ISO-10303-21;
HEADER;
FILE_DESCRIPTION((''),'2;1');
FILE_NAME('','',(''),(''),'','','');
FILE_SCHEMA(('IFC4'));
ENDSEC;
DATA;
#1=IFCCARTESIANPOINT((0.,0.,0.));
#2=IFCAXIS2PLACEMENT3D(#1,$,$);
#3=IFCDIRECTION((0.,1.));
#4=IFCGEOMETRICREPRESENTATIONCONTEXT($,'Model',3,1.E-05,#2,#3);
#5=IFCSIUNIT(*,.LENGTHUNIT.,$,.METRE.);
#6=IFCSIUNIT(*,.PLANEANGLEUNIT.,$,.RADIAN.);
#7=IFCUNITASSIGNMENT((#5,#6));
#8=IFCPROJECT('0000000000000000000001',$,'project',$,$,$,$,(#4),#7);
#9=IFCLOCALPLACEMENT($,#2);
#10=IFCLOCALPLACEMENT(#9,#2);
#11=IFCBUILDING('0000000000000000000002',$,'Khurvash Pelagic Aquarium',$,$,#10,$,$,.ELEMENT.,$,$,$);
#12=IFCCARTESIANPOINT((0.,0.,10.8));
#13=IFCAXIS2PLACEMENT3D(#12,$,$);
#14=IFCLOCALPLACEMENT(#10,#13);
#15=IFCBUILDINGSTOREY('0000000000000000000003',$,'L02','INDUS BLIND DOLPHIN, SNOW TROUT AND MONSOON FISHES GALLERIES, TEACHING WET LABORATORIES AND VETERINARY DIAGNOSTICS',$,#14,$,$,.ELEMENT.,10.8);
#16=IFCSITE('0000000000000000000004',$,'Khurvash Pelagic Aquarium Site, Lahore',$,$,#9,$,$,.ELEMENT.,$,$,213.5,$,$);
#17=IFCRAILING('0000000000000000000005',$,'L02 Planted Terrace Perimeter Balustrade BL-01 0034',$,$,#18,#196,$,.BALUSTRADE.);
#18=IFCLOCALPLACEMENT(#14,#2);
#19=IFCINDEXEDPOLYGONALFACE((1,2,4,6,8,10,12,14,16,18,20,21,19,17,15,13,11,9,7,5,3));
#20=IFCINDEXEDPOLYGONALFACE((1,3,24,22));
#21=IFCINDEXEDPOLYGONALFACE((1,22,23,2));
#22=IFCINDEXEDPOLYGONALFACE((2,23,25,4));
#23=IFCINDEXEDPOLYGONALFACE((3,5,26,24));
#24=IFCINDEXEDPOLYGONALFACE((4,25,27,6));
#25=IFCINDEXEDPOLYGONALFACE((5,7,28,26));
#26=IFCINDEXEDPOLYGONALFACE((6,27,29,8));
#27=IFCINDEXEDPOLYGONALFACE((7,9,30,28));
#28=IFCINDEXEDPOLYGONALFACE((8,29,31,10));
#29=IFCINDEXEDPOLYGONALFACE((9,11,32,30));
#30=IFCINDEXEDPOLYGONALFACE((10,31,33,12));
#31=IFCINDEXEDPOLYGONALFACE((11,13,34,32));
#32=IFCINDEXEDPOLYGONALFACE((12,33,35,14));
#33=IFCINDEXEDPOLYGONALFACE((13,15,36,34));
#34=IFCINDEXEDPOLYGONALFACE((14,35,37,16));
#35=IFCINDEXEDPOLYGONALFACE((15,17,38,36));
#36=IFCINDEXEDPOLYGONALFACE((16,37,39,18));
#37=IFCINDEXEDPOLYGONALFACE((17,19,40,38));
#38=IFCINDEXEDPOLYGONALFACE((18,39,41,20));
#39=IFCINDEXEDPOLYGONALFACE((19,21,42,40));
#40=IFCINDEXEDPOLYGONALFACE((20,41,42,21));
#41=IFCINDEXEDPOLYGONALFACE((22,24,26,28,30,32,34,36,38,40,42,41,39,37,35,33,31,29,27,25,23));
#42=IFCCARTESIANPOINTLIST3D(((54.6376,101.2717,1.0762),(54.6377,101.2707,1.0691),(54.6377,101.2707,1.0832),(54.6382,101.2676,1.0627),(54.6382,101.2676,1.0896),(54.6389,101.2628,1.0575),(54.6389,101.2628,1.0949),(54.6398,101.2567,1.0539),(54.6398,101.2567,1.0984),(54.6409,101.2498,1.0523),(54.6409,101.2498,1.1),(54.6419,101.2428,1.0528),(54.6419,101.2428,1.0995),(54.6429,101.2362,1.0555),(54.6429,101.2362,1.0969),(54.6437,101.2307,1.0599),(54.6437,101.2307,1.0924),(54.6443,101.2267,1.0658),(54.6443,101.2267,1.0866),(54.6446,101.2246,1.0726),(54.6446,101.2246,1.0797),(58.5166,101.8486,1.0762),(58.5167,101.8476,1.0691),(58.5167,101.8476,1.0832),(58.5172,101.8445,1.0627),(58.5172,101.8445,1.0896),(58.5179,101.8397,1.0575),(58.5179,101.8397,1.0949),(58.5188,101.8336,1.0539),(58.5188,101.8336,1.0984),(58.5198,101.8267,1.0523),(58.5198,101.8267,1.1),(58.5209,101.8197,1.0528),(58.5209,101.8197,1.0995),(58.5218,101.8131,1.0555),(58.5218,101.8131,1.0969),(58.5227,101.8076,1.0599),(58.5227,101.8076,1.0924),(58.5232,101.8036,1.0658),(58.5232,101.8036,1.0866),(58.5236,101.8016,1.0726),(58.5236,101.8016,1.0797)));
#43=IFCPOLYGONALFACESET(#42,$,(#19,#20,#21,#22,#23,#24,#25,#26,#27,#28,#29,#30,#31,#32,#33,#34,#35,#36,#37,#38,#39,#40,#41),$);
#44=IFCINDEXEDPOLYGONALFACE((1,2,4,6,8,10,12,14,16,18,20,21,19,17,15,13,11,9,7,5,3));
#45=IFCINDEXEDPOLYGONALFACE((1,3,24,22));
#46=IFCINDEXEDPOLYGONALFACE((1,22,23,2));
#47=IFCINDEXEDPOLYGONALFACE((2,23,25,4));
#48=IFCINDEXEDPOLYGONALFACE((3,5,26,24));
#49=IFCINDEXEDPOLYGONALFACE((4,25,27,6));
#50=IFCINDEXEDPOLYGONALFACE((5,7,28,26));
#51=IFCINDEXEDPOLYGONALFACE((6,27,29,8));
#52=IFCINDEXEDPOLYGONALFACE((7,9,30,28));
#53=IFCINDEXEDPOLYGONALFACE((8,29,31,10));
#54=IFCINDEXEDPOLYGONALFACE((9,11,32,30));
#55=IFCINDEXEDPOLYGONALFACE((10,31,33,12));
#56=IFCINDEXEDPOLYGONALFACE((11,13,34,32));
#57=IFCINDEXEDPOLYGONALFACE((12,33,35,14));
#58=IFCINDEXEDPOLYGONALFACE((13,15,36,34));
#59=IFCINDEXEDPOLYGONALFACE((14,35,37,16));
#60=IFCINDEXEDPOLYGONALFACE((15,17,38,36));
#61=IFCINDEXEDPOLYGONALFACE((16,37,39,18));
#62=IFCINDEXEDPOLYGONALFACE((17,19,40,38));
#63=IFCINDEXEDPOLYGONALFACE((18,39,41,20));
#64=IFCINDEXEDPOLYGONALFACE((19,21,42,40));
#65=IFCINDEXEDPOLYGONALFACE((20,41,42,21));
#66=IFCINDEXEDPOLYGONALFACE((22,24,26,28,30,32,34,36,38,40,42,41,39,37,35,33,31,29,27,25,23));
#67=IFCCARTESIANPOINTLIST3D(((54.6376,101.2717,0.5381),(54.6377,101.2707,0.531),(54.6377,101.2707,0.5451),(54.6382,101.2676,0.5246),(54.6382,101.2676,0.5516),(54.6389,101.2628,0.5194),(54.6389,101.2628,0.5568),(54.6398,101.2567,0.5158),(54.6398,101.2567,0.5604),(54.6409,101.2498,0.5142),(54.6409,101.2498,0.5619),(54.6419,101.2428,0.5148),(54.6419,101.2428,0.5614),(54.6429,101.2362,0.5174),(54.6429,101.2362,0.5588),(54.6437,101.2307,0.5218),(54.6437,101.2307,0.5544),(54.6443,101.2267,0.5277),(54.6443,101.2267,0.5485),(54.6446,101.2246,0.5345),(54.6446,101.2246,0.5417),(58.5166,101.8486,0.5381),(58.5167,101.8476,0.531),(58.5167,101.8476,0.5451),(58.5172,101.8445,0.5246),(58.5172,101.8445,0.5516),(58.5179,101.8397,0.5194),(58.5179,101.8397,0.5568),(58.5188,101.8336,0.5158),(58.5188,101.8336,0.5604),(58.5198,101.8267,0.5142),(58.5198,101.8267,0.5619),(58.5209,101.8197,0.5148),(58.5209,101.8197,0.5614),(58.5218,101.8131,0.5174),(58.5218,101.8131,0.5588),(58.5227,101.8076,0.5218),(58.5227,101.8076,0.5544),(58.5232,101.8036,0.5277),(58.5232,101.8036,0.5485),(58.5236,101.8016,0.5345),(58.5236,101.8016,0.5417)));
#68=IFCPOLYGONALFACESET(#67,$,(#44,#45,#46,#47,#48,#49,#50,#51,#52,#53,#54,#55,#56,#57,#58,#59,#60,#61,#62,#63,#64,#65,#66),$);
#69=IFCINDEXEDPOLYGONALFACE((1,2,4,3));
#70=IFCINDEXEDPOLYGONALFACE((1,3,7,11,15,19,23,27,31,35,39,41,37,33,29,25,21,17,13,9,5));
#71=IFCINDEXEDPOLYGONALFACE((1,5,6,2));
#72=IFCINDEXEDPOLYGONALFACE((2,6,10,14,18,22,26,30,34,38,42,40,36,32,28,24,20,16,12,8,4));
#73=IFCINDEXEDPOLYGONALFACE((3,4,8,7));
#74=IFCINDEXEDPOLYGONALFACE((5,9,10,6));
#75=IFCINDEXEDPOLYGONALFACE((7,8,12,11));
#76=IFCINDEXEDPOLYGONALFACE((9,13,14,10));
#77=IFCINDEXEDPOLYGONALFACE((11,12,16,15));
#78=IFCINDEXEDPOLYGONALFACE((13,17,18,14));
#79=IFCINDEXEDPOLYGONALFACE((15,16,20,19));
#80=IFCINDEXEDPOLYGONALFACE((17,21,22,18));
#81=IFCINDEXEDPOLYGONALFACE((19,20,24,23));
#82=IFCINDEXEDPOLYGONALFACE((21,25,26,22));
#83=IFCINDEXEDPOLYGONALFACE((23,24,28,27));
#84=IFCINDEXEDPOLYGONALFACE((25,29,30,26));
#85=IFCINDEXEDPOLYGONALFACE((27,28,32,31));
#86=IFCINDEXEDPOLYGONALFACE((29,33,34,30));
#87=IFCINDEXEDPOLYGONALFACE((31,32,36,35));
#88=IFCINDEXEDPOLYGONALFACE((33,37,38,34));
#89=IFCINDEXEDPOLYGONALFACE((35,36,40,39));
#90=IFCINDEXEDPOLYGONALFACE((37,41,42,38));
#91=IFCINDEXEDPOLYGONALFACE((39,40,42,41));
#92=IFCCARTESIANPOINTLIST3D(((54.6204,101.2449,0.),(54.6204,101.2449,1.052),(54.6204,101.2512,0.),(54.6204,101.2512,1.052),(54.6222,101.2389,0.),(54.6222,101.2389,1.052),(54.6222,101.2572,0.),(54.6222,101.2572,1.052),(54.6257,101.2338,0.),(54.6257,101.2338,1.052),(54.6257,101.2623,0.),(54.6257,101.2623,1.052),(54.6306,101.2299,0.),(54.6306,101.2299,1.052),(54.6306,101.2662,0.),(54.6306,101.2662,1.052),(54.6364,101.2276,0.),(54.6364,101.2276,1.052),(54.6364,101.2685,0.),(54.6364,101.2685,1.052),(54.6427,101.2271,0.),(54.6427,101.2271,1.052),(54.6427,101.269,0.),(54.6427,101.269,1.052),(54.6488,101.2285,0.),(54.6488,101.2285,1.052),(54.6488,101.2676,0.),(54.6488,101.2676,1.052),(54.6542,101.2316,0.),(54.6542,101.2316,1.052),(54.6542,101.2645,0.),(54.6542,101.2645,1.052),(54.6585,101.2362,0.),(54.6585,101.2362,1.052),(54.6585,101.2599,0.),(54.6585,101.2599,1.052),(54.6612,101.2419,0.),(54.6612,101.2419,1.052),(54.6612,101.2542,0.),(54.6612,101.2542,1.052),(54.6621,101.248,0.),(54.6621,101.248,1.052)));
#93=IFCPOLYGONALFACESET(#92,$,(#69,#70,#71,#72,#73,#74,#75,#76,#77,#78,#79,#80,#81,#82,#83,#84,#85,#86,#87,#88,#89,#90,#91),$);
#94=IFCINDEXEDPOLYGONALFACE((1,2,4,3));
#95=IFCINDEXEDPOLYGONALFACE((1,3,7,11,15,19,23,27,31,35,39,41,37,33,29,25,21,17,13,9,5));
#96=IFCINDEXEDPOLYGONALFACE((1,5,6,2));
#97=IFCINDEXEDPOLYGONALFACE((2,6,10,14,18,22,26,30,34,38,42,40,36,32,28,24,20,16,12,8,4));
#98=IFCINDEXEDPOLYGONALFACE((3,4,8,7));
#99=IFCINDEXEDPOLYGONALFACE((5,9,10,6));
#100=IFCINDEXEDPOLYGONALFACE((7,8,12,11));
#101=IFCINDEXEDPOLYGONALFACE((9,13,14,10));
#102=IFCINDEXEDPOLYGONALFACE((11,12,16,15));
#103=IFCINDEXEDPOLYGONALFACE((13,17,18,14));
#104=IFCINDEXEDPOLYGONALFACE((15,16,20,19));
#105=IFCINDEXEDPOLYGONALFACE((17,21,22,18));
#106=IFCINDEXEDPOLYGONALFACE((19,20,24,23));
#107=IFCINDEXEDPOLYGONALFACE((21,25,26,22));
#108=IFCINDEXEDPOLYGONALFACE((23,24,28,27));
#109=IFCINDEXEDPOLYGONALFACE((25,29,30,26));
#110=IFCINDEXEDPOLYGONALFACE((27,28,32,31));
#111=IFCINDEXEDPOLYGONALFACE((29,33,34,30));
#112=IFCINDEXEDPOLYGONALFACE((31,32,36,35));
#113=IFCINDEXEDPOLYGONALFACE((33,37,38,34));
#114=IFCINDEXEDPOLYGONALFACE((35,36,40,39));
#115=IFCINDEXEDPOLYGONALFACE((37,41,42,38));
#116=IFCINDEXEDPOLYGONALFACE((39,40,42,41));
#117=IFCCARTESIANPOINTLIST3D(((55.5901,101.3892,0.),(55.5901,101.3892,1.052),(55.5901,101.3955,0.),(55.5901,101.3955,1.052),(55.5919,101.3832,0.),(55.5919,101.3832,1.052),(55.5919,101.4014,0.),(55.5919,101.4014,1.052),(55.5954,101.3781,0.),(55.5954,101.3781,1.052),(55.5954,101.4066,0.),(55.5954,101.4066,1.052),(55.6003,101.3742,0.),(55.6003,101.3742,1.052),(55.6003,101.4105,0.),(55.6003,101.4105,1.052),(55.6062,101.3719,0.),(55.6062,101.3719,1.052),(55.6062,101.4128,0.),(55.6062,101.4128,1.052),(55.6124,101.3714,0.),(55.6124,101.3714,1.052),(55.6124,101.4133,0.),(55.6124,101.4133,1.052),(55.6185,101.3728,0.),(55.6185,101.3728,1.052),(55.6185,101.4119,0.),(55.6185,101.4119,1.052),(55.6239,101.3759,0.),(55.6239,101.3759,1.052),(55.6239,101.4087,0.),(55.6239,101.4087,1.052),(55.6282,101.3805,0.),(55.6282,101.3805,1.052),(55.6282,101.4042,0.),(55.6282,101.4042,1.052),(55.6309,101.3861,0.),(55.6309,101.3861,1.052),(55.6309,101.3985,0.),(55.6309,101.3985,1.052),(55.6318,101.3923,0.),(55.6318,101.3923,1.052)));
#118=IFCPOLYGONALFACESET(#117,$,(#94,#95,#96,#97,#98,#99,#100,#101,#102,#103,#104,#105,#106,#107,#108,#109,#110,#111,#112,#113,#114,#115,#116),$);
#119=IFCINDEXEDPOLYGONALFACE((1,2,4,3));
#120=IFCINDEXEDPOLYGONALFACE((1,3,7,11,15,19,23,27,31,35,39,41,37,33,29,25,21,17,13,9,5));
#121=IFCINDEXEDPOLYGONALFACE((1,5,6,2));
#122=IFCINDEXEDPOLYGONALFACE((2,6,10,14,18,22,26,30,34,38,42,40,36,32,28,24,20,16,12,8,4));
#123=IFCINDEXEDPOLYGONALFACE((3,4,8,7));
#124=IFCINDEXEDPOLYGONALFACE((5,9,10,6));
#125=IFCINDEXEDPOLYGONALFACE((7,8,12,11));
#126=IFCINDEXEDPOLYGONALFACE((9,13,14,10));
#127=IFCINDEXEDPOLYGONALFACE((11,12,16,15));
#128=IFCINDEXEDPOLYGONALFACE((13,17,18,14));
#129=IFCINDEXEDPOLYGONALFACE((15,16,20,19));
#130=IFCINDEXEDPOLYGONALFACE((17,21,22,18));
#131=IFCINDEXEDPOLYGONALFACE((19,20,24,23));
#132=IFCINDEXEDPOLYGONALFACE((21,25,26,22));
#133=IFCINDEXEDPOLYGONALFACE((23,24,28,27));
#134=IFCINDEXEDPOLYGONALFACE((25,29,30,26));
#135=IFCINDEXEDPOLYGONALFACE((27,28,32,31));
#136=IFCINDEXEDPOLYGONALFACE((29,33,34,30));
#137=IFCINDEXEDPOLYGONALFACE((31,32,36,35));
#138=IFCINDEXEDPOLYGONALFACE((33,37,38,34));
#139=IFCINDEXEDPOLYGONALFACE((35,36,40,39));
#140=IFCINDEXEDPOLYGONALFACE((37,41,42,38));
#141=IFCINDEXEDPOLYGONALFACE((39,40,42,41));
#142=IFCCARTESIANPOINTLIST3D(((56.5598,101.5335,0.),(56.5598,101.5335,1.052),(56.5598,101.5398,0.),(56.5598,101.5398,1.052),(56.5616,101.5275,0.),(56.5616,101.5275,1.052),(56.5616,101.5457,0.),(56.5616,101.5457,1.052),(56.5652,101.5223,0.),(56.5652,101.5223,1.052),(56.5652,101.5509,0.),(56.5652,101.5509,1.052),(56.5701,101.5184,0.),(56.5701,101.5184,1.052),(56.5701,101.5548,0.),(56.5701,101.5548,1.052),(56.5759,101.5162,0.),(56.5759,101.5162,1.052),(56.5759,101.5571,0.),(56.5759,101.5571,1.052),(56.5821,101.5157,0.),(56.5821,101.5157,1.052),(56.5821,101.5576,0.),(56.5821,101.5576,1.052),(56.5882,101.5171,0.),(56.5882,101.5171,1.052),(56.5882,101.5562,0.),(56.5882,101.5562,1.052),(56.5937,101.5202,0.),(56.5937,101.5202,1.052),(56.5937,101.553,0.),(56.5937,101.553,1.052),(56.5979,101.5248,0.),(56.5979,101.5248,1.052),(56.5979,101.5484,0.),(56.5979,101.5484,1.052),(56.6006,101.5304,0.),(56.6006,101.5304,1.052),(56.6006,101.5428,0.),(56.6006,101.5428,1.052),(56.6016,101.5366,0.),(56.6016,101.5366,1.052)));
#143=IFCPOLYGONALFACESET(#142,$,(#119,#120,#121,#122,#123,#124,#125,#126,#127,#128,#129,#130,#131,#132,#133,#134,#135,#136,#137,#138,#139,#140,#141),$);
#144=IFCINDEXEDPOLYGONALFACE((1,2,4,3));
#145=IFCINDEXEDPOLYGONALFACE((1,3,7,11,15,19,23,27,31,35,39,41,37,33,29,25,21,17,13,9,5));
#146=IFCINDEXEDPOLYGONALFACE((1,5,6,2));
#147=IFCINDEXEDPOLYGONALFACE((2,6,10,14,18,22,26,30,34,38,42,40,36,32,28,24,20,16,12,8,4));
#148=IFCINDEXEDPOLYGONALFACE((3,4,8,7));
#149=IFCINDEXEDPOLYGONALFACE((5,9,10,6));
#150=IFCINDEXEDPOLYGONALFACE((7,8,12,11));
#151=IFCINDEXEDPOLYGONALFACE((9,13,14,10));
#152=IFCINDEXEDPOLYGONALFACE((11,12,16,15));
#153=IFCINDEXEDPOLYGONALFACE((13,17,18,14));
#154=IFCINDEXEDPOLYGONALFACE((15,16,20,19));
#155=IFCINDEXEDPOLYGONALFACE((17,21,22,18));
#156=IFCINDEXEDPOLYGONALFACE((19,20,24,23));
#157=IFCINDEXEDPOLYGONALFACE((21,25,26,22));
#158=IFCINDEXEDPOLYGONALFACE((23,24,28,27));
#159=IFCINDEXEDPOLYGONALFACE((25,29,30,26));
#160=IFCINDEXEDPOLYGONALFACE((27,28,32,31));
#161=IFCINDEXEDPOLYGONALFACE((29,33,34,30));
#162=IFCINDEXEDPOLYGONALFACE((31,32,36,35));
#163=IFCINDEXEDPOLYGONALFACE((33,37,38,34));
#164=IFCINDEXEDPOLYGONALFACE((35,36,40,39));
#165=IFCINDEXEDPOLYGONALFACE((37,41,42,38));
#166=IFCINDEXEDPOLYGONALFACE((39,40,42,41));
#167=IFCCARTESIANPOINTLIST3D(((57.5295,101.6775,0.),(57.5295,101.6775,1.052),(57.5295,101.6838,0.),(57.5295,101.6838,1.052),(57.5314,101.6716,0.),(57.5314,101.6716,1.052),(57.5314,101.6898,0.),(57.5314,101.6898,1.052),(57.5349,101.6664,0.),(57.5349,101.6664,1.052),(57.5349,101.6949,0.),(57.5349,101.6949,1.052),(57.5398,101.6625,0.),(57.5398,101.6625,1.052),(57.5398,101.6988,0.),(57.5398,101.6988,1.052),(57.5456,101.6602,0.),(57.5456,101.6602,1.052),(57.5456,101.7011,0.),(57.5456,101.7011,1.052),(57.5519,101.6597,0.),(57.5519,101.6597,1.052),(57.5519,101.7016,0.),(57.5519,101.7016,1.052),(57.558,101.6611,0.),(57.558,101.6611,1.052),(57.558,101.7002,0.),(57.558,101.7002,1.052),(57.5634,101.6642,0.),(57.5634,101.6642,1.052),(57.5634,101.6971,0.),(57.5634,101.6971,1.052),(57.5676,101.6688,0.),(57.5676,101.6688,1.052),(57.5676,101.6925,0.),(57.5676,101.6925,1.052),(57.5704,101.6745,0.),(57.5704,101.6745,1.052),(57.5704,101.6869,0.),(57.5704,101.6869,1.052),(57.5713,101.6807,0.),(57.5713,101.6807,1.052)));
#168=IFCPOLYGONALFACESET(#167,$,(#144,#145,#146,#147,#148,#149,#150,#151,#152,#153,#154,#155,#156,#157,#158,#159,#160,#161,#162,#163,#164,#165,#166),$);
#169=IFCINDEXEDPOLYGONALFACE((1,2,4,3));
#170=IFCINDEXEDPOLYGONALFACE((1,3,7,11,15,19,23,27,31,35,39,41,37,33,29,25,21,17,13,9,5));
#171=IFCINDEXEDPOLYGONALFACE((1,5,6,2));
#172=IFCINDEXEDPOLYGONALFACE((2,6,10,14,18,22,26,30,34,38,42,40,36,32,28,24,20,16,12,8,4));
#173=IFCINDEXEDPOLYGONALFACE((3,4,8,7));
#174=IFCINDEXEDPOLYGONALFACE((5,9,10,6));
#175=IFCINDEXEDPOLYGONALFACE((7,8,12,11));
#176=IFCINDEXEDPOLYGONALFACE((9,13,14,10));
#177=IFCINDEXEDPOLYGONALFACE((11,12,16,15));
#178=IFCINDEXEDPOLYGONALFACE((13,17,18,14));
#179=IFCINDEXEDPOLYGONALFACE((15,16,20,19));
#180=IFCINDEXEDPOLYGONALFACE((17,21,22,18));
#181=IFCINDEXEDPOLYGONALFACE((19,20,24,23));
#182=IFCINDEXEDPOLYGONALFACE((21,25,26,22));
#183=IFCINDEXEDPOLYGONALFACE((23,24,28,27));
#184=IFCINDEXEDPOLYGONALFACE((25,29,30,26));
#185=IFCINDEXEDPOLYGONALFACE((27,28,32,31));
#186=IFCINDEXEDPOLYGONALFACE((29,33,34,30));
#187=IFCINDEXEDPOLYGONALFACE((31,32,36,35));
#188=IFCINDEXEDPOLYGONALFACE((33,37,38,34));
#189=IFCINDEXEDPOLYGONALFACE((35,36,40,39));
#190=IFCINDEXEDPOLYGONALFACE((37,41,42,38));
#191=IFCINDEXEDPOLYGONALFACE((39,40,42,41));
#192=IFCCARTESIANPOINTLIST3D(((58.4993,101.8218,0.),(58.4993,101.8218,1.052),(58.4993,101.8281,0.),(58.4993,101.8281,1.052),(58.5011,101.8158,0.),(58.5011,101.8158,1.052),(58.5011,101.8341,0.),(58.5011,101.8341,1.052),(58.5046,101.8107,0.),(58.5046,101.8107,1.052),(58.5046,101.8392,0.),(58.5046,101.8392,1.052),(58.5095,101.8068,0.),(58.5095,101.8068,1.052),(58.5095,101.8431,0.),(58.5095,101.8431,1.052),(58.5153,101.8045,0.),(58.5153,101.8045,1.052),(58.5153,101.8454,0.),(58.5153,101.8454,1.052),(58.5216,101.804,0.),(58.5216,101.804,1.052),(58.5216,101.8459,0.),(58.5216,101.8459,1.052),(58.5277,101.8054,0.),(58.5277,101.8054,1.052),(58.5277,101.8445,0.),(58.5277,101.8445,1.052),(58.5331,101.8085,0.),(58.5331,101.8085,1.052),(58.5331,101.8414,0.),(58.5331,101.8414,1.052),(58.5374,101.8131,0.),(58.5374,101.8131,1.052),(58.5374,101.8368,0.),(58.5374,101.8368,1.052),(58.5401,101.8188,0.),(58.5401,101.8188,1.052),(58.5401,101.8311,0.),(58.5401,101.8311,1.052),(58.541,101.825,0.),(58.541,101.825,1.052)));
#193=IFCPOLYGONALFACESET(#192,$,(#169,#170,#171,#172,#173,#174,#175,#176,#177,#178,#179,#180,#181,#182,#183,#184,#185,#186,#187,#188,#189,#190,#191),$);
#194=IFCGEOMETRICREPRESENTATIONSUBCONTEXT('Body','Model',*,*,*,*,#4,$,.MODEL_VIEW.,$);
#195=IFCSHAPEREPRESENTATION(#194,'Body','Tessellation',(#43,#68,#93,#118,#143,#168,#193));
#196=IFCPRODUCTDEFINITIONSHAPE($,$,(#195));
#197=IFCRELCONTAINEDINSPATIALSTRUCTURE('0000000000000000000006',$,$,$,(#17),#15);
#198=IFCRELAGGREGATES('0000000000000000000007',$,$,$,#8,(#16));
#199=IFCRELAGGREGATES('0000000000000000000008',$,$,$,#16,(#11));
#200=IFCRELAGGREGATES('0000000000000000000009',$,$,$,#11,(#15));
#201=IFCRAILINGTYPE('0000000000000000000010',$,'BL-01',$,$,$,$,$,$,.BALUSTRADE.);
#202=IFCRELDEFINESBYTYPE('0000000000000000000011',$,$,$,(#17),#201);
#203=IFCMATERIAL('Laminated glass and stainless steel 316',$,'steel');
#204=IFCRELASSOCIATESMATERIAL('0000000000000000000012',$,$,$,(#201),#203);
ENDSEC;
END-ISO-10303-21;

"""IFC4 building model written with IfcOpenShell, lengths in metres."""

from ifc_helpers import new_model, si_unit, direction, frame, origin, origin_2d, place, context, subcontext, project, spatial, circle, extrude, material, type_object, element, save


model = new_model("IFC4")

# Units and contexts
model_context = context("Model", 3, precision=1e-05, world=origin(), true_north=direction((0.0, 1.0)))
body_context = subcontext(model_context, "Body", "Model", "MODEL_VIEW")
ifc_project = project(units=[si_unit("LENGTHUNIT", "METRE"), si_unit("PLANEANGLEUNIT", "RADIAN")], contexts=[model_context])

# Site, building, storey
site_placement = place(None, origin())
site = spatial("IfcSite", under=ifc_project, at=site_placement, Name="Khurvash Pelagic Aquarium Site, Lahore", CompositionType="ELEMENT", RefElevation=213.5)
building_placement = place(site_placement, origin())
building = spatial("IfcBuilding", under=site, at=building_placement, Name="Khurvash Pelagic Aquarium", CompositionType="ELEMENT")
storey_placement = place(building_placement, frame((0.0, 0.0, 10.8)))
storey = spatial("IfcBuildingStorey", under=building, at=storey_placement, Name="L02", Description="INDUS BLIND DOLPHIN, SNOW TROUT AND MONSOON FISHES GALLERIES, TEACHING WET LABORATORIES AND VETERINARY DIAGNOSTICS", CompositionType="ELEMENT", Elevation=10.8)

# Railing
ifc_material_1 = material(Name="Laminated glass and stainless steel 316", Category="steel")
railing_type = type_object("IfcRailingType", Name="BL-01", PredefinedType="BALUSTRADE", material=ifc_material_1)
railing_1_placement = place(storey_placement, frame((54.6411, 101.248, 0.0)))
element("IfcRailing", 1, at=railing_1_placement, inside=storey, type_object=railing_type, Name="L02 Planted Terrace Perimeter Balustrade BL-01 0034", PredefinedType="BALUSTRADE", context=body_context, shape_type="SweptSolid", body=[
    extrude(circle(Radius=0.0239, at=origin_2d()), frame((0.0, 0.0, 1.0762), z_axis=(0.98912, 0.14711, 0.0), x_axis=(-0.14711, 0.98912, 0.0)), (0.0, 0.0, 1.0), 3.9216),
    extrude(circle(Radius=0.0239, at=origin_2d()), frame((0.0, 0.0, 0.5381), z_axis=(0.98912, 0.14711, 0.0), x_axis=(-0.14711, 0.98912, 0.0)), (0.0, 0.0, 1.0), 3.9216),
    extrude(circle(Radius=0.021, at=origin_2d()), origin(), (0.0, 0.0, 1.0), 1.052),
    extrude(circle(Radius=0.021, at=origin_2d()), frame((0.9697, 0.1443, 0.0)), (0.0, 0.0, 1.0), 1.052),
    extrude(circle(Radius=0.021, at=origin_2d()), frame((1.9395, 0.2886, 0.0)), (0.0, 0.0, 1.0), 1.052),
    extrude(circle(Radius=0.021, at=origin_2d()), frame((2.9092, 0.4326, 0.0)), (0.0, 0.0, 1.0), 1.052),
    extrude(circle(Radius=0.021, at=origin_2d()), frame((3.8789, 0.5769, 0.0)), (0.0, 0.0, 1.0), 1.052),
])

save(model, "model.ifc")
